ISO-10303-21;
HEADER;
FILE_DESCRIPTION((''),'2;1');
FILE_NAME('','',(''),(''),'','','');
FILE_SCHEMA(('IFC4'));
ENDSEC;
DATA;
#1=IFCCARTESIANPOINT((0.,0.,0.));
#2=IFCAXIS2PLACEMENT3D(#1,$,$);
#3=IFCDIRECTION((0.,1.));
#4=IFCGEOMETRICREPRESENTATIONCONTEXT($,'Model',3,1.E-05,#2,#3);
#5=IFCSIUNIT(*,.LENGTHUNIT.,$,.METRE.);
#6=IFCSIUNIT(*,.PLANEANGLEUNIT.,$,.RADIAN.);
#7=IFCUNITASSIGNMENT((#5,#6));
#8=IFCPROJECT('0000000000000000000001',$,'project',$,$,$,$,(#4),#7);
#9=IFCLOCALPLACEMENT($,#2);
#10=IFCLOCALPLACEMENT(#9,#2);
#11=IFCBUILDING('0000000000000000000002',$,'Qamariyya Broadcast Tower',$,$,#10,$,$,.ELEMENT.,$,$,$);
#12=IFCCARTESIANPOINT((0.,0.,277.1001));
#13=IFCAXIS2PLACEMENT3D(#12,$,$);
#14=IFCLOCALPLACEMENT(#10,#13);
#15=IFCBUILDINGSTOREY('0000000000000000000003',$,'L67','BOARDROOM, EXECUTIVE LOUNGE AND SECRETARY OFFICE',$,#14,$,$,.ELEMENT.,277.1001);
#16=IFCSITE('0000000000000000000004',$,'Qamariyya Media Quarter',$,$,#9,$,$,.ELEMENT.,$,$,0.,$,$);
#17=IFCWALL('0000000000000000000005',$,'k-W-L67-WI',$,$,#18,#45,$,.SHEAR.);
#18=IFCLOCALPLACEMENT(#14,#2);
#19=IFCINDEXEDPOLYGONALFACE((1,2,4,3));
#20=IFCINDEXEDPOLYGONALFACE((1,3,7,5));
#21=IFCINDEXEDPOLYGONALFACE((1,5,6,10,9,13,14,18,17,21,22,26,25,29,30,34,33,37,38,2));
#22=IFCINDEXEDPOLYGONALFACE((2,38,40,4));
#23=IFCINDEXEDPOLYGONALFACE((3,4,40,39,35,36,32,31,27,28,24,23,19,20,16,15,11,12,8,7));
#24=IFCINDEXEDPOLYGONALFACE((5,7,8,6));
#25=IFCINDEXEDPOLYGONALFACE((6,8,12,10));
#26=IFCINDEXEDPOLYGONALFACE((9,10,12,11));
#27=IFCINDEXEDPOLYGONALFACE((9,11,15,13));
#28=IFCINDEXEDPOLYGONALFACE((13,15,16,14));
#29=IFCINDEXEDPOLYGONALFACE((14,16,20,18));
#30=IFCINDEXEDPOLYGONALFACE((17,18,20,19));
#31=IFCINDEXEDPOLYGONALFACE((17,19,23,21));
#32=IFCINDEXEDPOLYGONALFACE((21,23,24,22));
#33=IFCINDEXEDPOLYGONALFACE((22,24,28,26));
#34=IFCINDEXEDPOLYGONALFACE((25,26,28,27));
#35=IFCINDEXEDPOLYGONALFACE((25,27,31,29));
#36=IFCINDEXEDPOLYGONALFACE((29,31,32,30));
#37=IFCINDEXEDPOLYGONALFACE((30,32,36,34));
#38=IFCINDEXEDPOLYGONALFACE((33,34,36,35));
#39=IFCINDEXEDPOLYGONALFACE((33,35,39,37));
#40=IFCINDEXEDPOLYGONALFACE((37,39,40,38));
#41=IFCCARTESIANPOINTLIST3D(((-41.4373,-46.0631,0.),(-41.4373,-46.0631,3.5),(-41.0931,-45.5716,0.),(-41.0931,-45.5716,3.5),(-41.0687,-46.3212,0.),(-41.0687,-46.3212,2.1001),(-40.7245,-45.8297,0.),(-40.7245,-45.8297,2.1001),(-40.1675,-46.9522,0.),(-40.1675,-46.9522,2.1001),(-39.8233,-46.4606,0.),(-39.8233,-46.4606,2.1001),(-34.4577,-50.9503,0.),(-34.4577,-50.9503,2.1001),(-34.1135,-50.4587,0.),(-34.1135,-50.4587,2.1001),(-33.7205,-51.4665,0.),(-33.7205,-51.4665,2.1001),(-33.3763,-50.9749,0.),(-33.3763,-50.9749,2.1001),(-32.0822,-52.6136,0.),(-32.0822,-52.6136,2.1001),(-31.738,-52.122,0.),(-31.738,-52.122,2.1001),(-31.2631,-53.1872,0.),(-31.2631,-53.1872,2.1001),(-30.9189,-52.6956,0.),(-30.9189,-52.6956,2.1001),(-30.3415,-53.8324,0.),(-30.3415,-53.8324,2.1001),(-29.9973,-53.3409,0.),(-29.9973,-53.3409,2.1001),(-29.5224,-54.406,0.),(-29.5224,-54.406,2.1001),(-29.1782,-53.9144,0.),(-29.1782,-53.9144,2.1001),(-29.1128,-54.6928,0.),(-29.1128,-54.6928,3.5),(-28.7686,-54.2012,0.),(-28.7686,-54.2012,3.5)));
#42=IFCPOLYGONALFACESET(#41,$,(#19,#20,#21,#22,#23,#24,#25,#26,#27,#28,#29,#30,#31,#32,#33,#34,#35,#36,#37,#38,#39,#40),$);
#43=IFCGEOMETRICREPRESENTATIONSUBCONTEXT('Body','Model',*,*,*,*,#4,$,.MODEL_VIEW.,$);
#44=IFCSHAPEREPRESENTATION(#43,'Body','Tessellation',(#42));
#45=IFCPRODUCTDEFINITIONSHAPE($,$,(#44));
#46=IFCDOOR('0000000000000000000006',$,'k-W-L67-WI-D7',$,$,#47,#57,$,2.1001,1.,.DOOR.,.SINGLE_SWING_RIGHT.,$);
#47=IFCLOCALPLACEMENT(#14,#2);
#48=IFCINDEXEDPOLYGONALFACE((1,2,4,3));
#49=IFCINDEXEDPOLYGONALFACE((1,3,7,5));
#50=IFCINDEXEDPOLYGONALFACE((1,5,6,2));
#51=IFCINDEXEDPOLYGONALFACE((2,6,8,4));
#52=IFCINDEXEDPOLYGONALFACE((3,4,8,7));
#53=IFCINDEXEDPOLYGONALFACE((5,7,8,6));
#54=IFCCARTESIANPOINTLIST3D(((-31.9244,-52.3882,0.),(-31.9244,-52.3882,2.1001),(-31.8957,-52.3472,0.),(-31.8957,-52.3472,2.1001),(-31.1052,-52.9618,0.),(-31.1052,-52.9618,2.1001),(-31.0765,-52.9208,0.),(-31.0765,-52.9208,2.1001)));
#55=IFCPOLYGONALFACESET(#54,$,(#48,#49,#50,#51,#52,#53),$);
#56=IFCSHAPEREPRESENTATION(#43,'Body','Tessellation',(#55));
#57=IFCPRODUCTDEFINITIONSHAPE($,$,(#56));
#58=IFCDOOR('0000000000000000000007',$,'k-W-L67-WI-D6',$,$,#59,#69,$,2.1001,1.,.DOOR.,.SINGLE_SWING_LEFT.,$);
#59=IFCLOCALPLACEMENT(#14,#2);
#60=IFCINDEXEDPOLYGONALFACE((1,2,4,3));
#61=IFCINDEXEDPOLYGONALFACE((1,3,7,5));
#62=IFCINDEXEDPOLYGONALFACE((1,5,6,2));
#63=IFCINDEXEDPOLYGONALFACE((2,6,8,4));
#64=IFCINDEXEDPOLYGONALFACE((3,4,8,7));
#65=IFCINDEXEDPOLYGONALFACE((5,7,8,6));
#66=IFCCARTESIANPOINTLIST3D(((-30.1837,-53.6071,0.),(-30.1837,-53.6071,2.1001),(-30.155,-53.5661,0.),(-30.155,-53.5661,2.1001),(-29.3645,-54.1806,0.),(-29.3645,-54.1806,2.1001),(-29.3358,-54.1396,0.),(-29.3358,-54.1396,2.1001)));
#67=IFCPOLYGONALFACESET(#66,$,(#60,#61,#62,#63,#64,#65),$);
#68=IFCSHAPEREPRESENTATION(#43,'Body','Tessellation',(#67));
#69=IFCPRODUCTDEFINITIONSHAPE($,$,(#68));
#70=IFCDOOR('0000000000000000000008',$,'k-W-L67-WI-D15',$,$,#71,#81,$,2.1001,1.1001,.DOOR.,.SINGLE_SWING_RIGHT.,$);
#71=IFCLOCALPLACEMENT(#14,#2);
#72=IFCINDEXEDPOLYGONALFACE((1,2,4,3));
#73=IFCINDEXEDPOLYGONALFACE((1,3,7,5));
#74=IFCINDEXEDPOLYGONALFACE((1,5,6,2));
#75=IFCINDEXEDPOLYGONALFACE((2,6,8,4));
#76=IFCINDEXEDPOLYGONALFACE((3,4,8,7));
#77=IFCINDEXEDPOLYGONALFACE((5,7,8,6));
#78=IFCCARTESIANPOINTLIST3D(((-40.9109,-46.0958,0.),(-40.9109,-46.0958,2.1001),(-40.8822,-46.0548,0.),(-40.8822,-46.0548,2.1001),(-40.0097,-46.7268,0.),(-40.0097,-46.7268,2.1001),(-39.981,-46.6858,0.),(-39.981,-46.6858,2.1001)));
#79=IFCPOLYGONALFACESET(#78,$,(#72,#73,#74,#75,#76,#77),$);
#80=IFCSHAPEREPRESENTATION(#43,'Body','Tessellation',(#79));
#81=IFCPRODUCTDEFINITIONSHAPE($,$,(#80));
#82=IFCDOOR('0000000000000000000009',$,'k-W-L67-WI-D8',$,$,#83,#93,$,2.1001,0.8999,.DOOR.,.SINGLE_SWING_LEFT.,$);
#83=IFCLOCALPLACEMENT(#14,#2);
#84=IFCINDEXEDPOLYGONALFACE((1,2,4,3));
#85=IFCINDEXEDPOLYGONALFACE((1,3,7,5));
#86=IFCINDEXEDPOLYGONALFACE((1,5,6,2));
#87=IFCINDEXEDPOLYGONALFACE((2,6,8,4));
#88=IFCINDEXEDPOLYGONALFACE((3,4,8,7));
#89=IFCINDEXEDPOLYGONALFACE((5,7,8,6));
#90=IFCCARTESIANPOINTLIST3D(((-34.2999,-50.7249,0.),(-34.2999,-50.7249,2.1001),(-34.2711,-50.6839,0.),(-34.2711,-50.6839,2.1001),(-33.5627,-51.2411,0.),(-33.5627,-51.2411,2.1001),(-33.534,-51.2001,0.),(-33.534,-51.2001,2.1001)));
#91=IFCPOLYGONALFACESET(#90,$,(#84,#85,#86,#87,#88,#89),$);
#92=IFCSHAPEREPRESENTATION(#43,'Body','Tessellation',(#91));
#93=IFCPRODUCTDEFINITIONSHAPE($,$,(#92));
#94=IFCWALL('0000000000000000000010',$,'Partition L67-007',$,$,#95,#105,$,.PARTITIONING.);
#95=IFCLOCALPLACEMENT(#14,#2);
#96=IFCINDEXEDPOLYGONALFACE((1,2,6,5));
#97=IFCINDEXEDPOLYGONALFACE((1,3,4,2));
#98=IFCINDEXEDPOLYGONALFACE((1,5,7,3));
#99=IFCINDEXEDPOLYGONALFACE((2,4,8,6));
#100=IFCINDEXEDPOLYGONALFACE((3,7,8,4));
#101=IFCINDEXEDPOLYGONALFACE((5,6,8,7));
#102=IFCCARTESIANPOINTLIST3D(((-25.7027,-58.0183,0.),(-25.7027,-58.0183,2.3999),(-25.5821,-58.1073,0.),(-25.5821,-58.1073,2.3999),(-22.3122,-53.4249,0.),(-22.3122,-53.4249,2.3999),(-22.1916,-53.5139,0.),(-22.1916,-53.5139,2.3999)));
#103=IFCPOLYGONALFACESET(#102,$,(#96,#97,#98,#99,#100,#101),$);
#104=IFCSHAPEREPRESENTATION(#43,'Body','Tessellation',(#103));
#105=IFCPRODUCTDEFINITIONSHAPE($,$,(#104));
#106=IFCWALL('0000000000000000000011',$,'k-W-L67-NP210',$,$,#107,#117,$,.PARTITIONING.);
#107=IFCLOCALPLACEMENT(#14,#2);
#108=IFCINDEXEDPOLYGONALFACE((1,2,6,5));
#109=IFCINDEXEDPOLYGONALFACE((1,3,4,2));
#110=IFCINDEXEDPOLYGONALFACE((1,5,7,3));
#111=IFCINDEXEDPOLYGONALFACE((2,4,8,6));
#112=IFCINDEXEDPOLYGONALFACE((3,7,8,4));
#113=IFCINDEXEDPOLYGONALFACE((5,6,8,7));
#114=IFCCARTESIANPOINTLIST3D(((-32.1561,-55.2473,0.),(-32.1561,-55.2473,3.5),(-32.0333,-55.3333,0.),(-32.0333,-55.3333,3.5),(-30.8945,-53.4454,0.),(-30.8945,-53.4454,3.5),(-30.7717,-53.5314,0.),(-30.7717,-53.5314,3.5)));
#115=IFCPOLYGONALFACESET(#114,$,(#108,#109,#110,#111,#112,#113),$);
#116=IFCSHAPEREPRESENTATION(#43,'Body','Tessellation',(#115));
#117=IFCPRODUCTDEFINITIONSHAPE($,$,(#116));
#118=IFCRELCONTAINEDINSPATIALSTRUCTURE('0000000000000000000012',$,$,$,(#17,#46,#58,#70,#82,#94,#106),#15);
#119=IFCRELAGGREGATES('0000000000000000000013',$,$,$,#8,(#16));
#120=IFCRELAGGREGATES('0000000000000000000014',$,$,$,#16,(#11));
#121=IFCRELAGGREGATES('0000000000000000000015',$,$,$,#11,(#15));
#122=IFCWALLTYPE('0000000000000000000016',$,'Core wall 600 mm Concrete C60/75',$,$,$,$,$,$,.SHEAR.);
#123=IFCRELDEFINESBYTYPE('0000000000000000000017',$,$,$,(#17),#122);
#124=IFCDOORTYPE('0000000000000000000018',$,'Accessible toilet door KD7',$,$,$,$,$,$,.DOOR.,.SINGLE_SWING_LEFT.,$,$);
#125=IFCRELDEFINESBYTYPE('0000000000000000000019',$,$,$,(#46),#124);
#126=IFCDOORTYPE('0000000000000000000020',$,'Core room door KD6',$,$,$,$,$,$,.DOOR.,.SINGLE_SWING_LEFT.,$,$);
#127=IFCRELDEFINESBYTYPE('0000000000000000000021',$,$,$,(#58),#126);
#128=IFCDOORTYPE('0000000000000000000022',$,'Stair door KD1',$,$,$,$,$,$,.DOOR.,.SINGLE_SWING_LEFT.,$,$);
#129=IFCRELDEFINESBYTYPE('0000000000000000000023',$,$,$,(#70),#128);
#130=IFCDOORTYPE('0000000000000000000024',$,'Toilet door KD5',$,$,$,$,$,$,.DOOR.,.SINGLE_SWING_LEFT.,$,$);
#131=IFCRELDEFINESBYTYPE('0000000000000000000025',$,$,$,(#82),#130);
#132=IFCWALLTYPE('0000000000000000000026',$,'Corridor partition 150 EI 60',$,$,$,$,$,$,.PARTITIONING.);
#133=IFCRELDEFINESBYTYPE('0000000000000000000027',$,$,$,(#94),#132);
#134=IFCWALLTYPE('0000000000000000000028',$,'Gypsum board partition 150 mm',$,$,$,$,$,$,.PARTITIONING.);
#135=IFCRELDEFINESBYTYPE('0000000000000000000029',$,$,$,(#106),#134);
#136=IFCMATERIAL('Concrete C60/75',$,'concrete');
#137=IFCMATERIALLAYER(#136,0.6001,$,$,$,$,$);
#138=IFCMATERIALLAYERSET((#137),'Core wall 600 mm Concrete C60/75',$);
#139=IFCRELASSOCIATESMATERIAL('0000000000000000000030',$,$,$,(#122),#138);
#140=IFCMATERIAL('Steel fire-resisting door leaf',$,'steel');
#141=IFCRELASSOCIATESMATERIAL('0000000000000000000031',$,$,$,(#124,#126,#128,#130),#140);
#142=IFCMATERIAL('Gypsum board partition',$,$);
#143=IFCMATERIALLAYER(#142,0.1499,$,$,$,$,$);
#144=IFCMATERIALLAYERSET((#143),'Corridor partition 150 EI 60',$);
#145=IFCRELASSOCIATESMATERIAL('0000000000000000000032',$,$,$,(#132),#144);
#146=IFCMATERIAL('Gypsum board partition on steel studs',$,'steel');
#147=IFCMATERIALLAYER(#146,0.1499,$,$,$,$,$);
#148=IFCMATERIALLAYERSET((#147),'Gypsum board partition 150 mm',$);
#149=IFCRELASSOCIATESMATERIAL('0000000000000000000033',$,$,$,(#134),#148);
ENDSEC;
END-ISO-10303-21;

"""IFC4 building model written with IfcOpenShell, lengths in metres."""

from ifc_helpers import new_model, si_unit, direction, frame, frame_2d, origin, place, context, subcontext, project, spatial, rectangle, extrude, material, layer, layer_set, type_object, element, fill, save


model = new_model("IFC4")

# Units and contexts
model_context = context("Model", 3, precision=1e-05, world=origin(), true_north=direction((0.0, 1.0)))
body_context = subcontext(model_context, "Body", "Model", "MODEL_VIEW")
ifc_project = project(units=[si_unit("LENGTHUNIT", "METRE"), si_unit("PLANEANGLEUNIT", "RADIAN")], contexts=[model_context])

# Site, building, storey
site_placement = place(None, origin())
site = spatial("IfcSite", under=ifc_project, at=site_placement, Name="Qamariyya Media Quarter", CompositionType="ELEMENT", RefElevation=0.0)
building_placement = place(site_placement, origin())
building = spatial("IfcBuilding", under=site, at=building_placement, Name="Qamariyya Broadcast Tower", CompositionType="ELEMENT")
storey_placement = place(building_placement, frame((0.0, 0.0, 277.1001)))
storey = spatial("IfcBuildingStorey", under=building, at=storey_placement, Name="L67", Description="BOARDROOM, EXECUTIVE LOUNGE AND SECRETARY OFFICE", CompositionType="ELEMENT", Elevation=277.1001)

# Wall, openings, doors
ifc_material_1 = material(Name="Concrete C60/75", Category="concrete")
ifc_layer_1 = layer(ifc_material_1, 0.6001)
ifc_layer_set_1 = layer_set([ifc_layer_1], Name="Core wall 600 mm Concrete C60/75")
wall_type_1 = type_object("IfcWallType", Name="Core wall 600 mm Concrete C60/75", PredefinedType="SHEAR", material=ifc_layer_set_1)
wall_1_placement = place(storey_placement, frame((-28.9407, -54.447, 0.0), z_axis=(0.0, 0.0, 1.0), x_axis=(-0.819153, 0.573575, 0.0)))
wall_1 = element("IfcWall", 1, at=wall_1_placement, inside=storey, type_object=wall_type_1, Name="k-W-L67-WI", PredefinedType="SHEAR", context=body_context, shape_type="SweptSolid", body=[
    extrude(rectangle(XDim=15.0454, YDim=0.6001, at=frame_2d((7.5227, 0.0))), origin(), (0.0, 0.0, 1.0), 3.5),
])
opening_1_placement = place(wall_1_placement, frame((0.5, 0.0, 0.0)))
opening_1 = element("IfcOpeningElement", 2, at=opening_1_placement, cuts=wall_1, PredefinedType="OPENING", context=body_context, shape_type="SweptSolid", body=[
    extrude(rectangle(XDim=1.0, YDim=2.1001, at=frame_2d((0.5, 1.05))), frame((0.0, 0.3101, 0.0), z_axis=(0.0, -1.0, 0.0), x_axis=(1.0, 0.0, 0.0)), (0.0, 0.0, 1.0), 0.6201),
])
opening_2_placement = place(wall_1_placement, frame((2.625, 0.0, 0.0)))
opening_2 = element("IfcOpeningElement", 3, at=opening_2_placement, cuts=wall_1, PredefinedType="OPENING", context=body_context, shape_type="SweptSolid", body=[
    extrude(rectangle(XDim=1.0, YDim=2.1001, at=frame_2d((0.5, 1.05))), frame((0.0, 0.3101, 0.0), z_axis=(0.0, -1.0, 0.0), x_axis=(1.0, 0.0, 0.0)), (0.0, 0.0, 1.0), 0.6201),
])
opening_3_placement = place(wall_1_placement, frame((5.625, 0.0, 0.0)))
opening_3 = element("IfcOpeningElement", 4, at=opening_3_placement, cuts=wall_1, PredefinedType="OPENING", context=body_context, shape_type="SweptSolid", body=[
    extrude(rectangle(XDim=0.8999, YDim=2.1001, at=frame_2d((0.45, 1.05))), frame((0.0, 0.3101, 0.0), z_axis=(0.0, -1.0, 0.0), x_axis=(1.0, 0.0, 0.0)), (0.0, 0.0, 1.0), 0.6201),
])
opening_4_placement = place(wall_1_placement, frame((13.4954, 0.0, 0.0)))
opening_4 = element("IfcOpeningElement", 5, at=opening_4_placement, cuts=wall_1, PredefinedType="OPENING", context=body_context, shape_type="SweptSolid", body=[
    extrude(rectangle(XDim=1.1001, YDim=2.1001, at=frame_2d((0.55, 1.05))), frame((0.0, 0.3101, 0.0), z_axis=(0.0, -1.0, 0.0), x_axis=(1.0, 0.0, 0.0)), (0.0, 0.0, 1.0), 0.6201),
])
ifc_material_2 = material(Name="Steel fire-resisting door leaf", Category="steel")
door_type_1 = type_object("IfcDoorType", Name="Accessible toilet door KD7", OperationType="SINGLE_SWING_LEFT", PredefinedType="DOOR", material=ifc_material_2)
door_1_placement = place(opening_2_placement, origin())
door_1 = element("IfcDoor", 6, at=door_1_placement, inside=storey, type_object=door_type_1, Name="k-W-L67-WI-D7", OperationType="SINGLE_SWING_RIGHT", OverallHeight=2.1001, OverallWidth=1.0, PredefinedType="DOOR", context=body_context, shape_type="SweptSolid", body=[
    extrude(rectangle(XDim=1.0, YDim=2.1001, at=frame_2d((0.5, 1.05))), frame((0.0, 0.0249, 0.0), z_axis=(0.0, -1.0, 0.0), x_axis=(1.0, 0.0, 0.0)), (0.0, 0.0, 1.0), 0.05),
])
fill(opening_2, door_1)
door_type_2 = type_object("IfcDoorType", Name="Core room door KD6", OperationType="SINGLE_SWING_LEFT", PredefinedType="DOOR", material=ifc_material_2)
door_2_placement = place(opening_1_placement, origin())
door_2 = element("IfcDoor", 7, at=door_2_placement, inside=storey, type_object=door_type_2, Name="k-W-L67-WI-D6", OperationType="SINGLE_SWING_LEFT", OverallHeight=2.1001, OverallWidth=1.0, PredefinedType="DOOR", context=body_context, shape_type="SweptSolid", body=[
    extrude(rectangle(XDim=1.0, YDim=2.1001, at=frame_2d((0.5, 1.05))), frame((0.0, 0.0249, 0.0), z_axis=(0.0, -1.0, 0.0), x_axis=(1.0, 0.0, 0.0)), (0.0, 0.0, 1.0), 0.05),
])
fill(opening_1, door_2)
door_type_3 = type_object("IfcDoorType", Name="Stair door KD1", OperationType="SINGLE_SWING_LEFT", PredefinedType="DOOR", material=ifc_material_2)
door_3_placement = place(opening_4_placement, origin())
door_3 = element("IfcDoor", 8, at=door_3_placement, inside=storey, type_object=door_type_3, Name="k-W-L67-WI-D15", OperationType="SINGLE_SWING_RIGHT", OverallHeight=2.1001, OverallWidth=1.1001, PredefinedType="DOOR", context=body_context, shape_type="SweptSolid", body=[
    extrude(rectangle(XDim=1.1001, YDim=2.1001, at=frame_2d((0.55, 1.05))), frame((0.0, 0.0249, 0.0), z_axis=(0.0, -1.0, 0.0), x_axis=(1.0, 0.0, 0.0)), (0.0, 0.0, 1.0), 0.05),
])
fill(opening_4, door_3)
door_type_4 = type_object("IfcDoorType", Name="Toilet door KD5", OperationType="SINGLE_SWING_LEFT", PredefinedType="DOOR", material=ifc_material_2)
door_4_placement = place(opening_3_placement, origin())
door_4 = element("IfcDoor", 9, at=door_4_placement, inside=storey, type_object=door_type_4, Name="k-W-L67-WI-D8", OperationType="SINGLE_SWING_LEFT", OverallHeight=2.1001, OverallWidth=0.8999, PredefinedType="DOOR", context=body_context, shape_type="SweptSolid", body=[
    extrude(rectangle(XDim=0.8999, YDim=2.1001, at=frame_2d((0.45, 1.05))), frame((0.0, 0.0249, 0.0), z_axis=(0.0, -1.0, 0.0), x_axis=(1.0, 0.0, 0.0)), (0.0, 0.0, 1.0), 0.05),
])
fill(opening_3, door_4)

# Walls
ifc_material_3 = material(Name="Gypsum board partition")
ifc_layer_2 = layer(ifc_material_3, 0.1499)
ifc_layer_set_2 = layer_set([ifc_layer_2], Name="Corridor partition 150 EI 60")
wall_type_2 = type_object("IfcWallType", Name="Corridor partition 150 EI 60", PredefinedType="PARTITIONING", material=ifc_layer_set_2)
wall_2_placement = place(storey_placement, frame((-22.252, -53.4695, 0.0), z_axis=(0.0, 0.0, 1.0), x_axis=(-0.593873, -0.804559, 0.0)))
element("IfcWall", 10, at=wall_2_placement, inside=storey, type_object=wall_type_2, Name="Partition L67-007", PredefinedType="PARTITIONING", context=body_context, shape_type="SweptSolid", body=[
    extrude(rectangle(XDim=5.7092, YDim=0.1499, at=frame_2d((2.8545, 0.0))), origin(), (0.0, 0.0, 1.0), 2.3999),
])
ifc_material_4 = material(Name="Gypsum board partition on steel studs", Category="steel")
ifc_layer_3 = layer(ifc_material_4, 0.1499)
ifc_layer_set_3 = layer_set([ifc_layer_3], Name="Gypsum board partition 150 mm")
wall_type_3 = type_object("IfcWallType", Name="Gypsum board partition 150 mm", PredefinedType="PARTITIONING", material=ifc_layer_set_3)
wall_3_placement = place(storey_placement, frame((-32.0947, -55.2903, 0.0), z_axis=(0.0, 0.0, 1.0), x_axis=(0.573559, 0.819164, 0.0)))
element("IfcWall", 11, at=wall_3_placement, inside=storey, type_object=wall_type_3, Name="k-W-L67-NP210", PredefinedType="PARTITIONING", context=body_context, shape_type="SweptSolid", body=[
    extrude(rectangle(XDim=2.1997, YDim=0.1499, at=frame_2d((1.0999, 0.0))), origin(), (0.0, 0.0, 1.0), 3.5),
])

save(model, "model.ifc")
